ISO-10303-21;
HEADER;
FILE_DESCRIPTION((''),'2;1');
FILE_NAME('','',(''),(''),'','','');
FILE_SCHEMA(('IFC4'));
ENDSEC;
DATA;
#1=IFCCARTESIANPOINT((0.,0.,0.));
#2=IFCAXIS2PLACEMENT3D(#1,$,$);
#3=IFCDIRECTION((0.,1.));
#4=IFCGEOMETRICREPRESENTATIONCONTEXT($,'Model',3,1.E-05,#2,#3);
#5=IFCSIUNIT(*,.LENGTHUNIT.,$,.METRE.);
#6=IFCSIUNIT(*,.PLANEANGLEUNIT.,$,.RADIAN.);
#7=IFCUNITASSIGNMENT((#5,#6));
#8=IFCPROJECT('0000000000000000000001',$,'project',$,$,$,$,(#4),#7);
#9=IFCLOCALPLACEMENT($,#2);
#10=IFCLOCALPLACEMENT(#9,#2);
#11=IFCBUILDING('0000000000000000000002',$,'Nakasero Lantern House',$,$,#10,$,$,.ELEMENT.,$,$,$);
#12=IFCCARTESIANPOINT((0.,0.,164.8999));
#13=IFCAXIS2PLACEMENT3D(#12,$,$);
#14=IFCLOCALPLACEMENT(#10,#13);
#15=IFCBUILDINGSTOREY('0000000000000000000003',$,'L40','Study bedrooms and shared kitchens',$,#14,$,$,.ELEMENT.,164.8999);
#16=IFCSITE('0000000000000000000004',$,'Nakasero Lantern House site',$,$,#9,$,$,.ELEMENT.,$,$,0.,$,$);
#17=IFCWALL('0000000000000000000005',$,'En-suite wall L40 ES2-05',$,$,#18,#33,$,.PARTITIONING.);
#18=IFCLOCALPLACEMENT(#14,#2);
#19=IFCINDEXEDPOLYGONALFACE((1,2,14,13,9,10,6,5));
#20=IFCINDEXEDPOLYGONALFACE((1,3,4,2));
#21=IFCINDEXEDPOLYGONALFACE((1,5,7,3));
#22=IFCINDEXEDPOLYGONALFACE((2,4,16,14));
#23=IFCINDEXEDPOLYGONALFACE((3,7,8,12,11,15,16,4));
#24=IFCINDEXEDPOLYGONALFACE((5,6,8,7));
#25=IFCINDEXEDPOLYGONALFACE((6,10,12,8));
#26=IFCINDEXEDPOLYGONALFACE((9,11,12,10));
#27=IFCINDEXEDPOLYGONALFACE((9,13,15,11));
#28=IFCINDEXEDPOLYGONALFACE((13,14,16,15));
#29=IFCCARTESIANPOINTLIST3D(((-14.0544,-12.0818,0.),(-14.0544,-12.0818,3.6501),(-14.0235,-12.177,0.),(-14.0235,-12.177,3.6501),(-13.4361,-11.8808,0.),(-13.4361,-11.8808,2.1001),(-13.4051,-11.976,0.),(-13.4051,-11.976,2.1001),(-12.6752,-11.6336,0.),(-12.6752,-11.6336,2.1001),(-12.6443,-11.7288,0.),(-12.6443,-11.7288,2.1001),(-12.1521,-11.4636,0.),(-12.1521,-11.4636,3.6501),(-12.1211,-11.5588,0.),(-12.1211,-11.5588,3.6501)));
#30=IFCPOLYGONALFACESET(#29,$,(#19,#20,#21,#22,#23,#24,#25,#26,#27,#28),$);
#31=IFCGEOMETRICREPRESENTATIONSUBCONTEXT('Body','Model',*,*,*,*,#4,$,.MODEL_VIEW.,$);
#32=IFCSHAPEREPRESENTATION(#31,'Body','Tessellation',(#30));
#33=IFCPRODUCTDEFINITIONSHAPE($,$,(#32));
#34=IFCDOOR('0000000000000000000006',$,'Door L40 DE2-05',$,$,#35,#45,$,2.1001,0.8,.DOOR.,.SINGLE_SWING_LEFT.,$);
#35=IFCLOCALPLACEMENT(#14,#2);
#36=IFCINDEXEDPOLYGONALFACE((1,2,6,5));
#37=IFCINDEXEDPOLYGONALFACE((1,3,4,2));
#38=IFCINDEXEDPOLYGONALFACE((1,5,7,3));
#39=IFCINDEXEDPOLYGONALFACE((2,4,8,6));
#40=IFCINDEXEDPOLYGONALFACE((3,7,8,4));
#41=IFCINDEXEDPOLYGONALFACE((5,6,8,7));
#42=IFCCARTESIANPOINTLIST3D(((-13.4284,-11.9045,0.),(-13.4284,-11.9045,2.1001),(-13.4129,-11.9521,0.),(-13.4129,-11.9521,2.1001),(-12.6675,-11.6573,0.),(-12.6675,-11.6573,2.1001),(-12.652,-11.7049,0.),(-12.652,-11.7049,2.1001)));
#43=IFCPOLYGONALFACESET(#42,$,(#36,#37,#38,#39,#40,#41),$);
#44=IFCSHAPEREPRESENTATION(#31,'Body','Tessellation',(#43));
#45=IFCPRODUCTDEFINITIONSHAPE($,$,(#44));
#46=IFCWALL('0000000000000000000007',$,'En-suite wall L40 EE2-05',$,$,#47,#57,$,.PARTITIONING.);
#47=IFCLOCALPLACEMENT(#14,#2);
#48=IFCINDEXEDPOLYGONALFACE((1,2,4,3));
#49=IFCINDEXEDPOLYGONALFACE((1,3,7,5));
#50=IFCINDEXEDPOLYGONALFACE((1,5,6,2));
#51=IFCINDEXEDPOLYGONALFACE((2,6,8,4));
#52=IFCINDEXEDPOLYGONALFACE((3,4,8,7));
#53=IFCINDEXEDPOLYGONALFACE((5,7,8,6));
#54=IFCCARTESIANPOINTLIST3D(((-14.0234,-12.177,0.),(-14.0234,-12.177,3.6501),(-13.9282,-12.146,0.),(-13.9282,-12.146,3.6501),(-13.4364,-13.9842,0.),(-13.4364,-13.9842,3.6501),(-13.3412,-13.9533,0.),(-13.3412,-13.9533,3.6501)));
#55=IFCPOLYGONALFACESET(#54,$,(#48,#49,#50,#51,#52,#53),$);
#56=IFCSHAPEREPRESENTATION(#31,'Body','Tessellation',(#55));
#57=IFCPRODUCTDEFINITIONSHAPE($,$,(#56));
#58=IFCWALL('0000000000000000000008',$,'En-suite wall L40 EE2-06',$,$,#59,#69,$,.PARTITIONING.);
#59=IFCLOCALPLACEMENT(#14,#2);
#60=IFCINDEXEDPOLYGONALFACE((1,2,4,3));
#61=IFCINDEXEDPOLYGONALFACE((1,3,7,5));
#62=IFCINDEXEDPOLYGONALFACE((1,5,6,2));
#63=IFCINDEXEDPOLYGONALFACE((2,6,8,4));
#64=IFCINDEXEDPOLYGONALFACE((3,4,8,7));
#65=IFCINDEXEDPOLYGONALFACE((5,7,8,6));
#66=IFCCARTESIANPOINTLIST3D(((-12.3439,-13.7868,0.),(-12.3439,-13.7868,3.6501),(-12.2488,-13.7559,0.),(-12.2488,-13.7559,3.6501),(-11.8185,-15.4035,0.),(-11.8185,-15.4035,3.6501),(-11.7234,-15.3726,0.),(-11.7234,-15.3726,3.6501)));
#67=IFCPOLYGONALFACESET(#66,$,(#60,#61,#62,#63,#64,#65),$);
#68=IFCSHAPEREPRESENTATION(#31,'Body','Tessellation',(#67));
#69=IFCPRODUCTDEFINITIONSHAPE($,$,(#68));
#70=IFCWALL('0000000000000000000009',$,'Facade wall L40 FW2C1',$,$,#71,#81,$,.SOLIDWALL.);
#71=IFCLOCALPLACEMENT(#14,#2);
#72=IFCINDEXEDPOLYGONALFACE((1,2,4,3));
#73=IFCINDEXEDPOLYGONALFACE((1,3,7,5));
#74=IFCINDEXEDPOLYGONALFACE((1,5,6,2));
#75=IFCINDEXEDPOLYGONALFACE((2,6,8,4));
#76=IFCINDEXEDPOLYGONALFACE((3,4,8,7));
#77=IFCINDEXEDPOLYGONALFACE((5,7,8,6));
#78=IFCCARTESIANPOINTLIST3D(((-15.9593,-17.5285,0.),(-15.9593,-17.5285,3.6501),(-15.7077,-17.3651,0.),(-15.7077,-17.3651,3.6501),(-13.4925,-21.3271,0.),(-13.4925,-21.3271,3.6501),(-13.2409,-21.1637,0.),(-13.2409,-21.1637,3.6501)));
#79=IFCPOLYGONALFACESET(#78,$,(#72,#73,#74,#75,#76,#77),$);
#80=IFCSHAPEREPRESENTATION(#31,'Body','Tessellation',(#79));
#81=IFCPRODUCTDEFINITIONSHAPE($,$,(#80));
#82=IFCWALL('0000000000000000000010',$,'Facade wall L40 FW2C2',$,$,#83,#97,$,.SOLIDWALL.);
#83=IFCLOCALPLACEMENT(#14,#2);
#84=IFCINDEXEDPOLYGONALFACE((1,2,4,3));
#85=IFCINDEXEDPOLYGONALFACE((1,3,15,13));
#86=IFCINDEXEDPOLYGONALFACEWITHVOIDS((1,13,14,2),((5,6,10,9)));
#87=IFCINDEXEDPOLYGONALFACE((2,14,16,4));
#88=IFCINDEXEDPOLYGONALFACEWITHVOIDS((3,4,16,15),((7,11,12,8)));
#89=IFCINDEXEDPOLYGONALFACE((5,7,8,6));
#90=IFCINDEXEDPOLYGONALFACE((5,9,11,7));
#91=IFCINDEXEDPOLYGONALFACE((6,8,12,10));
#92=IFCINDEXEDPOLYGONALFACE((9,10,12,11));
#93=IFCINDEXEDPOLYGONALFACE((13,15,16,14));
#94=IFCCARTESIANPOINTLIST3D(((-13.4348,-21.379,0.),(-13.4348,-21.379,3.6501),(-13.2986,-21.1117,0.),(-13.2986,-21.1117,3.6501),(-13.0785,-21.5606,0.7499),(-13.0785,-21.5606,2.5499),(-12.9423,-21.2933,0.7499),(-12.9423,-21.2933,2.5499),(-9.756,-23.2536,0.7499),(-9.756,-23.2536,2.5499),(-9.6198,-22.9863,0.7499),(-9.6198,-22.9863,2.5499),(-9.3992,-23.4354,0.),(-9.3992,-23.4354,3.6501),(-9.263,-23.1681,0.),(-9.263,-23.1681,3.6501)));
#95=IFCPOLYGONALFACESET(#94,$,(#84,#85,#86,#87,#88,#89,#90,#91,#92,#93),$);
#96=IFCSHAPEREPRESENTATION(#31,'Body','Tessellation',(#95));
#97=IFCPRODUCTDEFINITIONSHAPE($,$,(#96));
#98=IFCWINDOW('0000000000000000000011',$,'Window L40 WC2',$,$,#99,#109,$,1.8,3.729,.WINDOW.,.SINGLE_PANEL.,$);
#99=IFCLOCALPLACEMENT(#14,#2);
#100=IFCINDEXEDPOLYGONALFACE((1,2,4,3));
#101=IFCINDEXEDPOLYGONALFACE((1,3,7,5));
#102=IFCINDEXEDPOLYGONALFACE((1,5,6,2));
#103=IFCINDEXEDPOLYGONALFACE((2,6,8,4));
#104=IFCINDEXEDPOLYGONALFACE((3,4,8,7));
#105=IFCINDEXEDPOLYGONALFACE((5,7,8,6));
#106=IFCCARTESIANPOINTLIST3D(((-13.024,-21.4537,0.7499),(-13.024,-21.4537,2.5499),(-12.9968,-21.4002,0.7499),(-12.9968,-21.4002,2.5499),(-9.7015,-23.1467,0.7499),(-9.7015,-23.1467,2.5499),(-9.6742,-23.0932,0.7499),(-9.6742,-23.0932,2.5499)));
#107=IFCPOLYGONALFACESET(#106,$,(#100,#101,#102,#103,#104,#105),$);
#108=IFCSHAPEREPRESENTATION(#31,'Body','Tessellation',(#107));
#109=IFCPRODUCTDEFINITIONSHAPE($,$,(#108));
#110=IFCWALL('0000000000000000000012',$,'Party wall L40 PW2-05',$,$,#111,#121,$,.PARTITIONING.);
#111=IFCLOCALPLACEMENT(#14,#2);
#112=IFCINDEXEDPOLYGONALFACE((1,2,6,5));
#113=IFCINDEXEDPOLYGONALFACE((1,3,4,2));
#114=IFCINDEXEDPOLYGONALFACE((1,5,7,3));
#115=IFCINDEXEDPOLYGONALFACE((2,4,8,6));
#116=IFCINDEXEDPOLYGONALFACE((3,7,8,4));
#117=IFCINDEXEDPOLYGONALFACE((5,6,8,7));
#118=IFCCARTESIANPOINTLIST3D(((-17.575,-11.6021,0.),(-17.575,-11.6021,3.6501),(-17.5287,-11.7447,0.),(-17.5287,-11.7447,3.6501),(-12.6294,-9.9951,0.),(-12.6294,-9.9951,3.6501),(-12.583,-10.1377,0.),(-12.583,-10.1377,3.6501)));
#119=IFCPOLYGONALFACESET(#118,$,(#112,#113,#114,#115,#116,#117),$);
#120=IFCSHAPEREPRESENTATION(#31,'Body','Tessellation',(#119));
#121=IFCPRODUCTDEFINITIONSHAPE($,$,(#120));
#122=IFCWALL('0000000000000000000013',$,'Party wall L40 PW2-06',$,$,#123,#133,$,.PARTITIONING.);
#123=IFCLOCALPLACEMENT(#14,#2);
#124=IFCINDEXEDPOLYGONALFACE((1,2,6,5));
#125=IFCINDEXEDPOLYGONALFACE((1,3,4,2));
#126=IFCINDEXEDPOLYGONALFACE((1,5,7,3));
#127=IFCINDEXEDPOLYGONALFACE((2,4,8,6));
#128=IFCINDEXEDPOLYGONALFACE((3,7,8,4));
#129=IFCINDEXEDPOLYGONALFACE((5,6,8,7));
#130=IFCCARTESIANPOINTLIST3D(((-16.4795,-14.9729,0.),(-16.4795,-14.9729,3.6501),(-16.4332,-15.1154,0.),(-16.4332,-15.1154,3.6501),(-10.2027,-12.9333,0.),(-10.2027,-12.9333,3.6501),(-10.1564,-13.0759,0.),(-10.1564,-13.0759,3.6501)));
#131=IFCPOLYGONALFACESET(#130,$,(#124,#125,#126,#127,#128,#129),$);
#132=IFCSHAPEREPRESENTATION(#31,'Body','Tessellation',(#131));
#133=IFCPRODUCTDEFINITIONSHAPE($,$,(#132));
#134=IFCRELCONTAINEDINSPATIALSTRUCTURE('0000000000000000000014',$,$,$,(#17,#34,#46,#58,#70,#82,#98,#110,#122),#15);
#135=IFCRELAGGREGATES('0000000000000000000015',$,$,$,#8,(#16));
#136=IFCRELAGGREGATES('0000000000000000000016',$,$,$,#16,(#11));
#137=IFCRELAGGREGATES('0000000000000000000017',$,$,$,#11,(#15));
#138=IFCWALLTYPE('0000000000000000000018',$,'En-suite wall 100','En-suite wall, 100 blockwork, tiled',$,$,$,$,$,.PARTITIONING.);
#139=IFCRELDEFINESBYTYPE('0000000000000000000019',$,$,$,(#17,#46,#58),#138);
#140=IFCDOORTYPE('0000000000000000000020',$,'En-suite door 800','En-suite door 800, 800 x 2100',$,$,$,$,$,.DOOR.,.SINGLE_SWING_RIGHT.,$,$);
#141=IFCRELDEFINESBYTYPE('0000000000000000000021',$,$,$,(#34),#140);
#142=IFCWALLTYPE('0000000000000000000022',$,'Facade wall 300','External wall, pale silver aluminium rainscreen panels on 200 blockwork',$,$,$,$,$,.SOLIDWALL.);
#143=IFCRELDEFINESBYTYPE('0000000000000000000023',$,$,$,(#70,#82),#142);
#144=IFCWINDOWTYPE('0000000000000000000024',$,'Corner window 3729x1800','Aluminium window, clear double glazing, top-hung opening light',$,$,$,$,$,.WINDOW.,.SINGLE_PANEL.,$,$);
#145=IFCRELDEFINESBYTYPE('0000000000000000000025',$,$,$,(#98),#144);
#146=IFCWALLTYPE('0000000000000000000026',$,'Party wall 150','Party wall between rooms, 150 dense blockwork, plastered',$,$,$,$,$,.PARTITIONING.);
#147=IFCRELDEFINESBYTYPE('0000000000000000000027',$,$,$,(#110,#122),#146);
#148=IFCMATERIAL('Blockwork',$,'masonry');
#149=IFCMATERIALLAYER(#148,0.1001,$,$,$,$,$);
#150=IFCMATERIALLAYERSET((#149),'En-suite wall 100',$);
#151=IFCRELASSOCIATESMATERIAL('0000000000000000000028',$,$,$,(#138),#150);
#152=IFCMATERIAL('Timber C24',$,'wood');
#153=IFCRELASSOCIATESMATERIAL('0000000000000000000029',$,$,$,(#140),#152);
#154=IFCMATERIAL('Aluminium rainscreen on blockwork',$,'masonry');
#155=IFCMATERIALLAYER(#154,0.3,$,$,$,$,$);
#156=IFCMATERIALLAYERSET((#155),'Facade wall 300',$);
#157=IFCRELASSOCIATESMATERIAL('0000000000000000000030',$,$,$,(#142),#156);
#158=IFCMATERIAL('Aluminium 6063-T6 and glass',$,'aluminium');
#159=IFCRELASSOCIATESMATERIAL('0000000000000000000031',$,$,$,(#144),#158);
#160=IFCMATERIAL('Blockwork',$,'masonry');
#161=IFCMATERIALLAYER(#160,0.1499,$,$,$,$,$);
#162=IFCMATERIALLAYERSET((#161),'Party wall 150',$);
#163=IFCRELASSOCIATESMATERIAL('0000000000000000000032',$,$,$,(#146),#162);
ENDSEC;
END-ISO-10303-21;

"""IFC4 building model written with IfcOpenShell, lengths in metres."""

from ifc_helpers import new_model, si_unit, direction, frame, frame_2d, origin, place, context, subcontext, project, spatial, rectangle, extrude, material, layer, layer_set, type_object, element, fill, save


model = new_model("IFC4")

# Units and contexts
model_context = context("Model", 3, precision=1e-05, world=origin(), true_north=direction((0.0, 1.0)))
body_context = subcontext(model_context, "Body", "Model", "MODEL_VIEW")
ifc_project = project(units=[si_unit("LENGTHUNIT", "METRE"), si_unit("PLANEANGLEUNIT", "RADIAN")], contexts=[model_context])

# Site, building, storey
site_placement = place(None, origin())
site = spatial("IfcSite", under=ifc_project, at=site_placement, Name="Nakasero Lantern House site", CompositionType="ELEMENT", RefElevation=0.0)
building_placement = place(site_placement, origin())
building = spatial("IfcBuilding", under=site, at=building_placement, Name="Nakasero Lantern House", CompositionType="ELEMENT")
storey_placement = place(building_placement, frame((0.0, 0.0, 164.8999)))
storey = spatial("IfcBuildingStorey", under=building, at=storey_placement, Name="L40", Description="Study bedrooms and shared kitchens", CompositionType="ELEMENT", Elevation=164.8999)

# Wall, opening, door
ifc_material_1 = material(Name="Blockwork", Category="masonry")
ifc_layer_1 = layer(ifc_material_1, 0.1001)
ifc_layer_set_1 = layer_set([ifc_layer_1], Name="En-suite wall 100")
wall_type_1 = type_object("IfcWallType", Name="En-suite wall 100", Description="En-suite wall, 100 blockwork, tiled", PredefinedType="PARTITIONING", material=ifc_layer_set_1)
wall_1_placement = place(storey_placement, frame((-12.1367, -11.5112, 0.0), z_axis=(0.0, 0.0, 1.0), x_axis=(-0.951048, -0.309042, 0.0)))
wall_1 = element("IfcWall", 1, at=wall_1_placement, inside=storey, type_object=wall_type_1, Name="En-suite wall L40 ES2-05", PredefinedType="PARTITIONING", context=body_context, shape_type="SweptSolid", body=[
    extrude(rectangle(XDim=2.0002, YDim=0.1001, at=frame_2d((1.0, 0.0))), origin(), (0.0, 0.0, 1.0), 3.6501),
])
opening_1_placement = place(wall_1_placement, frame((0.55, 0.0, 0.0)))
opening_1 = element("IfcOpeningElement", 2, at=opening_1_placement, cuts=wall_1, PredefinedType="OPENING", context=body_context, shape_type="SweptSolid", body=[
    extrude(rectangle(XDim=0.8, YDim=2.1001, at=frame_2d((0.3999, 1.05))), frame((0.0, 0.0701, 0.0), z_axis=(0.0, -1.0, 0.0), x_axis=(1.0, 0.0, 0.0)), (0.0, 0.0, 1.0), 0.1401),
])
ifc_material_2 = material(Name="Timber C24", Category="wood")
door_type = type_object("IfcDoorType", Name="En-suite door 800", Description="En-suite door 800, 800 x 2100", OperationType="SINGLE_SWING_RIGHT", PredefinedType="DOOR", material=ifc_material_2)
door_placement = place(opening_1_placement, origin())
door = element("IfcDoor", 3, at=door_placement, inside=storey, type_object=door_type, Name="Door L40 DE2-05", OperationType="SINGLE_SWING_LEFT", OverallHeight=2.1001, OverallWidth=0.8, PredefinedType="DOOR", context=body_context, shape_type="SweptSolid", body=[
    extrude(rectangle(XDim=0.8, YDim=2.1001, at=frame_2d((0.3999, 1.05))), frame((0.0, 0.0249, 0.0), z_axis=(0.0, -1.0, 0.0), x_axis=(1.0, 0.0, 0.0)), (0.0, 0.0, 1.0), 0.05),
])
fill(opening_1, door)

# Walls
wall_2_placement = place(storey_placement, frame((-13.9758, -12.1614, 0.0), z_axis=(0.0, 0.0, 1.0), x_axis=(0.308894, -0.951096, 0.0)))
element("IfcWall", 4, at=wall_2_placement, inside=storey, type_object=wall_type_1, Name="En-suite wall L40 EE2-05", PredefinedType="PARTITIONING", context=body_context, shape_type="SweptSolid", body=[
    extrude(rectangle(XDim=1.9001, YDim=0.1001, at=frame_2d((0.9502, 0.0))), origin(), (0.0, 0.0, 1.0), 3.6501),
])
wall_3_placement = place(storey_placement, frame((-12.2964, -13.7712, 0.0), z_axis=(0.0, 0.0, 1.0), x_axis=(0.309067, -0.95104, 0.0)))
element("IfcWall", 5, at=wall_3_placement, inside=storey, type_object=wall_type_1, Name="En-suite wall L40 EE2-06", PredefinedType="PARTITIONING", context=body_context, shape_type="SweptSolid", body=[
    extrude(rectangle(XDim=1.7, YDim=0.1001, at=frame_2d((0.8501, 0.0))), origin(), (0.0, 0.0, 1.0), 3.6501),
])
ifc_material_3 = material(Name="Aluminium rainscreen on blockwork", Category="masonry")
ifc_layer_2 = layer(ifc_material_3, 0.3)
ifc_layer_set_2 = layer_set([ifc_layer_2], Name="Facade wall 300")
wall_type_2 = type_object("IfcWallType", Name="Facade wall 300", Description="External wall, pale silver aluminium rainscreen panels on 200 blockwork", PredefinedType="SOLIDWALL", material=ifc_layer_set_2)
wall_4_placement = place(storey_placement, frame((-15.8335, -17.4468, 0.0), z_axis=(0.0, 0.0, 1.0), x_axis=(0.544634, -0.838674, 0.0)))
element("IfcWall", 6, at=wall_4_placement, inside=storey, type_object=wall_type_2, Name="Facade wall L40 FW2C1", PredefinedType="SOLIDWALL", context=body_context, shape_type="SweptSolid", body=[
    extrude(rectangle(XDim=4.5293, YDim=0.3, at=frame_2d((2.2646, 0.0))), origin(), (0.0, 0.0, 1.0), 3.6501),
])

# Wall, opening, window
wall_5_placement = place(storey_placement, frame((-13.3667, -21.2454, 0.0), z_axis=(0.0, 0.0, 1.0), x_axis=(0.890995, -0.454014, 0.0)))
wall_5 = element("IfcWall", 7, at=wall_5_placement, inside=storey, type_object=wall_type_2, Name="Facade wall L40 FW2C2", PredefinedType="SOLIDWALL", context=body_context, shape_type="SweptSolid", body=[
    extrude(rectangle(XDim=4.5293, YDim=0.3, at=frame_2d((2.2646, 0.0))), origin(), (0.0, 0.0, 1.0), 3.6501),
])
opening_2_placement = place(wall_5_placement, frame((0.3999, 0.0, 0.75)))
opening_2 = element("IfcOpeningElement", 8, at=opening_2_placement, cuts=wall_5, PredefinedType="OPENING", context=body_context, shape_type="SweptSolid", body=[
    extrude(rectangle(XDim=3.729, YDim=1.8, at=frame_2d((1.8645, 0.8999))), frame((0.0, 0.1699, 0.0), z_axis=(0.0, -1.0, 0.0), x_axis=(1.0, 0.0, 0.0)), (0.0, 0.0, 1.0), 0.3401),
])
ifc_material_4 = material(Name="Aluminium 6063-T6 and glass", Category="aluminium")
window_type = type_object("IfcWindowType", Name="Corner window 3729x1800", Description="Aluminium window, clear double glazing, top-hung opening light", PartitioningType="SINGLE_PANEL", PredefinedType="WINDOW", material=ifc_material_4)
window_placement = place(opening_2_placement, origin())
window = element("IfcWindow", 9, at=window_placement, inside=storey, type_object=window_type, Name="Window L40 WC2", OverallHeight=1.8, OverallWidth=3.729, PartitioningType="SINGLE_PANEL", PredefinedType="WINDOW", context=body_context, shape_type="SweptSolid", body=[
    extrude(rectangle(XDim=3.729, YDim=1.8, at=frame_2d((1.8645, 0.8999))), frame((0.0, 0.03, 0.0), z_axis=(0.0, -1.0, 0.0), x_axis=(1.0, 0.0, 0.0)), (0.0, 0.0, 1.0), 0.0601),
])
fill(opening_2, window)

# Walls
ifc_material_5 = material(Name="Blockwork", Category="masonry")
ifc_layer_3 = layer(ifc_material_5, 0.1499)
ifc_layer_set_3 = layer_set([ifc_layer_3], Name="Party wall 150")
wall_type_3 = type_object("IfcWallType", Name="Party wall 150", Description="Party wall between rooms, 150 dense blockwork, plastered", PredefinedType="PARTITIONING", material=ifc_layer_set_3)
wall_6_placement = place(storey_placement, frame((-12.6062, -10.0664, 0.0), z_axis=(0.0, 0.0, 1.0), x_axis=(-0.951055, -0.309021, 0.0)))
element("IfcWall", 10, at=wall_6_placement, inside=storey, type_object=wall_type_3, Name="Party wall L40 PW2-05", PredefinedType="PARTITIONING", context=body_context, shape_type="SweptSolid", body=[
    extrude(rectangle(XDim=5.2002, YDim=0.1499, at=frame_2d((2.6001, 0.0))), origin(), (0.0, 0.0, 1.0), 3.6501),
])
wall_7_placement = place(storey_placement, frame((-10.1797, -13.0046, 0.0), z_axis=(0.0, 0.0, 1.0), x_axis=(-0.951053, -0.309028, 0.0)))
element("IfcWall", 11, at=wall_7_placement, inside=storey, type_object=wall_type_3, Name="Party wall L40 PW2-06", PredefinedType="PARTITIONING", context=body_context, shape_type="SweptSolid", body=[
    extrude(rectangle(XDim=6.5999, YDim=0.1499, at=frame_2d((3.2998, 0.0))), origin(), (0.0, 0.0, 1.0), 3.6501),
])

save(model, "model.ifc")
